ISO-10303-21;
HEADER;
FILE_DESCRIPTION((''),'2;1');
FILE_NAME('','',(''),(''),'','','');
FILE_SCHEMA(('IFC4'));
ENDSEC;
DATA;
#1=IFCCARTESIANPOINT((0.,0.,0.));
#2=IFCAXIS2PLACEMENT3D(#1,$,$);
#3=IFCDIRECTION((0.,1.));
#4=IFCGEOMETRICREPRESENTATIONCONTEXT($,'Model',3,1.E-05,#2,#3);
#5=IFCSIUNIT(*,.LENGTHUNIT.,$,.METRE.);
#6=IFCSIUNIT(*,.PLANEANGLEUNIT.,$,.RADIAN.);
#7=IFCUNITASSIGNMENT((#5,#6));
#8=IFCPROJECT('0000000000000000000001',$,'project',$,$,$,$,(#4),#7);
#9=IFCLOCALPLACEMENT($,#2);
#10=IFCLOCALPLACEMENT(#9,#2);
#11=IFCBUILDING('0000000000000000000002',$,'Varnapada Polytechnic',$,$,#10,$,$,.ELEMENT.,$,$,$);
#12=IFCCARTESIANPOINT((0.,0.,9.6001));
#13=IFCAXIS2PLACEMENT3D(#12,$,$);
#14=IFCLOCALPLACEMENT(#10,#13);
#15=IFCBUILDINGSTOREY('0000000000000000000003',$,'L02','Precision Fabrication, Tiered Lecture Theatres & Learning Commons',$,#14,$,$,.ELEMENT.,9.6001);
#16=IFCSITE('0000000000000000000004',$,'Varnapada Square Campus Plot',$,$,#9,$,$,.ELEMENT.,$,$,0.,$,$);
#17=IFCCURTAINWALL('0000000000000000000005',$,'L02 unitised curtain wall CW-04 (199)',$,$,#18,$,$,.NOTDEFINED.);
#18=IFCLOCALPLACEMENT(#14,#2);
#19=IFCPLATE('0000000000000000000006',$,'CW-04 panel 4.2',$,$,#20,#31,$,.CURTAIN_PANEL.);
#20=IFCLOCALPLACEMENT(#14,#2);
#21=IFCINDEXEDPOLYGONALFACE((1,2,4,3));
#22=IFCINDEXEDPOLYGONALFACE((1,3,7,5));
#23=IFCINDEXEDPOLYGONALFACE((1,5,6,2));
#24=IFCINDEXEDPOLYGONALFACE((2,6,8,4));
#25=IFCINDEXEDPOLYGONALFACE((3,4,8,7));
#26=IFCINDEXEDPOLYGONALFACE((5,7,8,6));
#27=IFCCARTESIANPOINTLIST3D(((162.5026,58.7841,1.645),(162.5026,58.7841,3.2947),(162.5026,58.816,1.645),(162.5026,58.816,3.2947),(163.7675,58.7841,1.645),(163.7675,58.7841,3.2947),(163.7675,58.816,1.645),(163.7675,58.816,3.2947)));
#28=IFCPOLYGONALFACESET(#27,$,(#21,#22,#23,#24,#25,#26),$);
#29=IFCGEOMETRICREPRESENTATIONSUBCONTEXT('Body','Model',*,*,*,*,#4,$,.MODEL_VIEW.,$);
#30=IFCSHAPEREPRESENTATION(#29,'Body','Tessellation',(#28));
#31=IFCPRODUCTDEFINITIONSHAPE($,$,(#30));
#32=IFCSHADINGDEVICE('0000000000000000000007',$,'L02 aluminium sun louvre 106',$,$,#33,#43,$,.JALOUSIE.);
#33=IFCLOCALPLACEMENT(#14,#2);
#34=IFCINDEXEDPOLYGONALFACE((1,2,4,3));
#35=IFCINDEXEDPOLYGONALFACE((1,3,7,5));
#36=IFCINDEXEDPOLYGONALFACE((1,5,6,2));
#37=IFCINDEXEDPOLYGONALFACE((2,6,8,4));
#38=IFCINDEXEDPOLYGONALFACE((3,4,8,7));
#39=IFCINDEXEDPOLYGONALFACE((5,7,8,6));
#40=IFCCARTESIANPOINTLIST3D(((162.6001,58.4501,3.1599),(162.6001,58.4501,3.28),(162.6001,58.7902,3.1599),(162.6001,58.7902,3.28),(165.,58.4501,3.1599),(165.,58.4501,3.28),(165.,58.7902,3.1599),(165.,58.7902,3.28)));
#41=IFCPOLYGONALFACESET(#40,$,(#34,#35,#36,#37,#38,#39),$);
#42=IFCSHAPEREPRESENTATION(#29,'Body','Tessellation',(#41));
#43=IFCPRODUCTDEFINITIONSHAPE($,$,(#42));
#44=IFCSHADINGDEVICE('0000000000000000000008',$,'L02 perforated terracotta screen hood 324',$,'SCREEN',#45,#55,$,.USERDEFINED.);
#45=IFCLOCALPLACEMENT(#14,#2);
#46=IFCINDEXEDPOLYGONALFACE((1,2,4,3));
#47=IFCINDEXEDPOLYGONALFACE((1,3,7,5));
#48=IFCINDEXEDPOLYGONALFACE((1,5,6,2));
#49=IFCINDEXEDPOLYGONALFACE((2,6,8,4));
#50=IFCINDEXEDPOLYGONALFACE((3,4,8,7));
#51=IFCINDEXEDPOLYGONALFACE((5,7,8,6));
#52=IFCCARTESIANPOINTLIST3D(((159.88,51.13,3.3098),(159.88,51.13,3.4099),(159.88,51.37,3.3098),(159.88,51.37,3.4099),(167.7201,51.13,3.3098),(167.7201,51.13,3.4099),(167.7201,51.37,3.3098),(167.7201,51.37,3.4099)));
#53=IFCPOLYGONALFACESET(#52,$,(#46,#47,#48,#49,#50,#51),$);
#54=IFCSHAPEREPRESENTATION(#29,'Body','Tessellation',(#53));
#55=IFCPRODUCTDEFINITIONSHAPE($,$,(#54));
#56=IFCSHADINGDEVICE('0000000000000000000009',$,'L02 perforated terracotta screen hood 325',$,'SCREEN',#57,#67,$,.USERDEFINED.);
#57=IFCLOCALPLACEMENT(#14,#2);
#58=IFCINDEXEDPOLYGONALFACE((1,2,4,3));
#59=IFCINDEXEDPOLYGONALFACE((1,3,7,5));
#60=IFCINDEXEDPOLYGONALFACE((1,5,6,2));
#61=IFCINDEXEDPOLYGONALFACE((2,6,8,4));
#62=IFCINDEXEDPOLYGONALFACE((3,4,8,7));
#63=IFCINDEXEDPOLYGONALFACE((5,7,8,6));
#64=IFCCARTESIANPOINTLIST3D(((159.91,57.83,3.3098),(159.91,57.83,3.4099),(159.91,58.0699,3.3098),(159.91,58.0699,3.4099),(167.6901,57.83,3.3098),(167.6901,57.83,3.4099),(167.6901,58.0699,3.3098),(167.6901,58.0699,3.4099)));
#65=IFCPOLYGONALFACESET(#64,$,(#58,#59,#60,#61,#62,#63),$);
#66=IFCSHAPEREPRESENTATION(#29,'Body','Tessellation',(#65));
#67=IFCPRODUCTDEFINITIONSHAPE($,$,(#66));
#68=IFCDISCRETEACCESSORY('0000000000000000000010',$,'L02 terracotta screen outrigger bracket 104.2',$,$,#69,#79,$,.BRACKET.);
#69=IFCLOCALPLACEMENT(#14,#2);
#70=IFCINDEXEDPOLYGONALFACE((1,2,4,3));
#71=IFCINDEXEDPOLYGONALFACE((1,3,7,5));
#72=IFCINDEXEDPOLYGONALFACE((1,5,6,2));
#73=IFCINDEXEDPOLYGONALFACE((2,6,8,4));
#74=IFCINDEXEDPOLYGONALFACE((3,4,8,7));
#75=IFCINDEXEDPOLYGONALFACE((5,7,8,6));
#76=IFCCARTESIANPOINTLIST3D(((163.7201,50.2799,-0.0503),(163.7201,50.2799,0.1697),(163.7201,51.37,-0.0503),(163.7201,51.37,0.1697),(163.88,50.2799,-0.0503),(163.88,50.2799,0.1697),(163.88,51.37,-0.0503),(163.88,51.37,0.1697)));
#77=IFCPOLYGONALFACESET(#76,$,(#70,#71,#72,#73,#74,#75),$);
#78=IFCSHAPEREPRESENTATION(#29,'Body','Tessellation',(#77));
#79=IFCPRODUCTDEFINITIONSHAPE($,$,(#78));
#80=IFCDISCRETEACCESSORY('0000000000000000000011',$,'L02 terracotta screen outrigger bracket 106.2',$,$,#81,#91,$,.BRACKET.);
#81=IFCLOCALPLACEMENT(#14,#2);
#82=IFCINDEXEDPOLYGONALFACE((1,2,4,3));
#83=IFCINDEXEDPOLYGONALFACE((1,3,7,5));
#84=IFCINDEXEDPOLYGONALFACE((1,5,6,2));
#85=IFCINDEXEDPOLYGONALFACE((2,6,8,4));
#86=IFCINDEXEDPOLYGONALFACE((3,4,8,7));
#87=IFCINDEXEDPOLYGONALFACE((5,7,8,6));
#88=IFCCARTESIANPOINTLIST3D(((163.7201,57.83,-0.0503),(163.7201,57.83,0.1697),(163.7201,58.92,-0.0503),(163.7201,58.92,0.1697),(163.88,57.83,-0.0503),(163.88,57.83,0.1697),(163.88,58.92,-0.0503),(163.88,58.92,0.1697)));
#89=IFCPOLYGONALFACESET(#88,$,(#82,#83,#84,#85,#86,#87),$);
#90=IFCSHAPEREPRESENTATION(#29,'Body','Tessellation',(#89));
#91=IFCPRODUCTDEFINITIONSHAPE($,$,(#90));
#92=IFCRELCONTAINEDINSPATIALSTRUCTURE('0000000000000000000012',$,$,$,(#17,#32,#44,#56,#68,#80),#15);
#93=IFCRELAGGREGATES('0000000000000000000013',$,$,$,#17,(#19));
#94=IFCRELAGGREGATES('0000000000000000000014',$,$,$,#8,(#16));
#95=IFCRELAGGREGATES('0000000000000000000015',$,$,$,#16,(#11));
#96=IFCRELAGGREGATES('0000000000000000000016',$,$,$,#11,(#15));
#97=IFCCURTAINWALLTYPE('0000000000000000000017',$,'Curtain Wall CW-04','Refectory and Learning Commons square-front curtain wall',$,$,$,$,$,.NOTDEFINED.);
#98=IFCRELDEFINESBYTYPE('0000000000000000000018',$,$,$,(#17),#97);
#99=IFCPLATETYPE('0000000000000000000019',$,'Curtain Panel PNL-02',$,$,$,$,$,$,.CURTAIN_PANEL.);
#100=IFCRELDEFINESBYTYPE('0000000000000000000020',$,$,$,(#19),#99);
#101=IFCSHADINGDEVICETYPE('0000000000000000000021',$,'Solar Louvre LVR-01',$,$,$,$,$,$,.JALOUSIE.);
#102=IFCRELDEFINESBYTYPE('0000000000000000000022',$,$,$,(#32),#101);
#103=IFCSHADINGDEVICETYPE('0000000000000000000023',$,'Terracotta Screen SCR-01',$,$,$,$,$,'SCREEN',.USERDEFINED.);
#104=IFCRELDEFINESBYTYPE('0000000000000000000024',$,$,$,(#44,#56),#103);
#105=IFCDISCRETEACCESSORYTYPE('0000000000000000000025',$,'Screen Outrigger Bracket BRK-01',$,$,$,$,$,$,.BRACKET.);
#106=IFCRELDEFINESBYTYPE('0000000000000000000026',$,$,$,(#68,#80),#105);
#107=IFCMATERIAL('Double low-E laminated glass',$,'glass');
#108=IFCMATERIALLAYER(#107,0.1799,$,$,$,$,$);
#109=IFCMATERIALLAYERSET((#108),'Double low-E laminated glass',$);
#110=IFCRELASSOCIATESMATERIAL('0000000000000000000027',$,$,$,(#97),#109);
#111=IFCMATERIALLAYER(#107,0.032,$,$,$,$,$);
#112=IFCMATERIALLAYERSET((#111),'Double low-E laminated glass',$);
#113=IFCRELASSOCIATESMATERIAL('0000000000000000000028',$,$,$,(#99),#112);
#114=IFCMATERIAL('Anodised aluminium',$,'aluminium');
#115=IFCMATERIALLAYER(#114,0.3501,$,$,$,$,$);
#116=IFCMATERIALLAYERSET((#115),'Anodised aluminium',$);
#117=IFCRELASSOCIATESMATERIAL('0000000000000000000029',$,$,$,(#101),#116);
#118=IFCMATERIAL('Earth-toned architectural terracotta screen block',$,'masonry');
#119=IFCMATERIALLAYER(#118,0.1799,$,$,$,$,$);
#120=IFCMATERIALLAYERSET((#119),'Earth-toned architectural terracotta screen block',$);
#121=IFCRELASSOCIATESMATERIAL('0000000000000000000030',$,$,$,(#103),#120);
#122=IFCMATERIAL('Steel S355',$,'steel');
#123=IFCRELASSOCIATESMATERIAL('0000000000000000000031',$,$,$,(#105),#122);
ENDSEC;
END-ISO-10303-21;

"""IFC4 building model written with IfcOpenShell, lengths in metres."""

from ifc_helpers import new_model, si_unit, direction, frame, origin, origin_2d, place, context, subcontext, project, spatial, rectangle, extrude, material, layer, layer_set, type_object, element, aggregate, save


model = new_model("IFC4")

# Units and contexts
model_context = context("Model", 3, precision=1e-05, world=origin(), true_north=direction((0.0, 1.0)))
body_context = subcontext(model_context, "Body", "Model", "MODEL_VIEW")
ifc_project = project(units=[si_unit("LENGTHUNIT", "METRE"), si_unit("PLANEANGLEUNIT", "RADIAN")], contexts=[model_context])

# Site, building, storey
site_placement = place(None, origin())
site = spatial("IfcSite", under=ifc_project, at=site_placement, Name="Varnapada Square Campus Plot", CompositionType="ELEMENT", RefElevation=0.0)
building_placement = place(site_placement, origin())
building = spatial("IfcBuilding", under=site, at=building_placement, Name="Varnapada Polytechnic", CompositionType="ELEMENT")
storey_placement = place(building_placement, frame((0.0, 0.0, 9.6001)))
storey = spatial("IfcBuildingStorey", under=building, at=storey_placement, Name="L02", Description="Precision Fabrication, Tiered Lecture Theatres & Learning Commons", CompositionType="ELEMENT", Elevation=9.6001)

# Curtain wall, plate
ifc_material_1 = material(Name="Double low-E laminated glass", Category="glass")
ifc_layer_1 = layer(ifc_material_1, 0.1799)
ifc_layer_set_1 = layer_set([ifc_layer_1], Name="Double low-E laminated glass")
curtain_wall_type = type_object("IfcCurtainWallType", Name="Curtain Wall CW-04", Description="Refectory and Learning Commons square-front curtain wall", PredefinedType="NOTDEFINED", material=ifc_layer_set_1)
curtain_wall_placement = place(storey_placement, origin())
curtain_wall = element("IfcCurtainWall", 1, at=curtain_wall_placement, inside=storey, type_object=curtain_wall_type, Name="L02 unitised curtain wall CW-04 (199)", PredefinedType="NOTDEFINED")
ifc_material_2 = material(Name="Anodised aluminium", Category="aluminium")
ifc_layer_2 = layer(ifc_material_1, 0.032)
ifc_layer_set_2 = layer_set([ifc_layer_2], Name="Double low-E laminated glass")
plate_type = type_object("IfcPlateType", Name="Curtain Panel PNL-02", PredefinedType="CURTAIN_PANEL", material=ifc_layer_set_2)
plate_1_placement = place(storey_placement, frame((163.135, 58.8, 1.645), z_axis=(0.0, 0.0, 1.0), x_axis=(-1.0, 0.0, 0.0)))
plate_1 = element("IfcPlate", 2, at=plate_1_placement, type_object=plate_type, Name="CW-04 panel 4.2", PredefinedType="CURTAIN_PANEL", context=body_context, shape_type="SweptSolid", body=[
    extrude(rectangle(XDim=1.2649, YDim=0.032, at=origin_2d()), origin(), (0.0, 0.0, 1.0), 1.6497),
])
aggregate(curtain_wall, [plate_1])

# Shading devices
ifc_layer_3 = layer(ifc_material_2, 0.3501)
ifc_layer_set_3 = layer_set([ifc_layer_3], Name="Anodised aluminium")
shading_device_type_1 = type_object("IfcShadingDeviceType", Name="Solar Louvre LVR-01", PredefinedType="JALOUSIE", material=ifc_layer_set_3)
shading_device_1_placement = place(storey_placement, frame((163.8, 58.6201, 3.1599), z_axis=(0.0, 0.0, 1.0), x_axis=(-1.0, 0.0, 0.0)))
element("IfcShadingDevice", 3, at=shading_device_1_placement, inside=storey, type_object=shading_device_type_1, Name="L02 aluminium sun louvre 106", PredefinedType="JALOUSIE", context=body_context, shape_type="SweptSolid", body=[
    extrude(rectangle(XDim=2.3999, YDim=0.3401, at=origin_2d()), origin(), (0.0, 0.0, 1.0), 0.1201),
])
ifc_material_3 = material(Name="Earth-toned architectural terracotta screen block", Category="masonry")
ifc_layer_4 = layer(ifc_material_3, 0.1799)
ifc_layer_set_4 = layer_set([ifc_layer_4], Name="Earth-toned architectural terracotta screen block")
shading_device_type_2 = type_object("IfcShadingDeviceType", Name="Terracotta Screen SCR-01", ElementType="SCREEN", PredefinedType="USERDEFINED", material=ifc_layer_set_4)
shading_device_2_placement = place(storey_placement, frame((163.8, 51.25, 3.3098), z_axis=(0.0, 0.0, 1.0), x_axis=(1.0, 0.0, 0.0)))
element("IfcShadingDevice", 4, at=shading_device_2_placement, inside=storey, type_object=shading_device_type_2, Name="L02 perforated terracotta screen hood 324", ObjectType="SCREEN", PredefinedType="USERDEFINED", context=body_context, shape_type="SweptSolid", body=[
    extrude(rectangle(XDim=7.8401, YDim=0.24, at=origin_2d()), origin(), (0.0, 0.0, 1.0), 0.1001),
])
shading_device_3_placement = place(storey_placement, frame((163.8, 57.95, 3.3098), z_axis=(0.0, 0.0, 1.0), x_axis=(-1.0, 0.0, 0.0)))
element("IfcShadingDevice", 5, at=shading_device_3_placement, inside=storey, type_object=shading_device_type_2, Name="L02 perforated terracotta screen hood 325", ObjectType="SCREEN", PredefinedType="USERDEFINED", context=body_context, shape_type="SweptSolid", body=[
    extrude(rectangle(XDim=7.78, YDim=0.24, at=origin_2d()), origin(), (0.0, 0.0, 1.0), 0.1001),
])

# Discrete accessories
ifc_material_4 = material(Name="Steel S355", Category="steel")
discrete_accessory_type = type_object("IfcDiscreteAccessoryType", Name="Screen Outrigger Bracket BRK-01", PredefinedType="BRACKET", material=ifc_material_4)
for number, where, z_axis, x_axis, name in (
    (6, (163.8, 50.825, -0.0503), (0.0, 0.0, 1.0), (1.0, 0.0, 0.0), "L02 terracotta screen outrigger bracket 104.2"),
    (7, (163.8, 58.375, -0.0503), (0.0, 0.0, 1.0), (-1.0, 0.0, 0.0), "L02 terracotta screen outrigger bracket 106.2"),
):
    element("IfcDiscreteAccessory", number, at=place(storey_placement, frame(where, z_axis=z_axis, x_axis=x_axis)), inside=storey, type_object=discrete_accessory_type, Name=name, PredefinedType="BRACKET", context=body_context, shape_type="SweptSolid", body=[
        extrude(rectangle(XDim=0.1599, YDim=1.0901, at=origin_2d()), origin(), (0.0, 0.0, 1.0), 0.22),
    ])

save(model, "model.ifc")
